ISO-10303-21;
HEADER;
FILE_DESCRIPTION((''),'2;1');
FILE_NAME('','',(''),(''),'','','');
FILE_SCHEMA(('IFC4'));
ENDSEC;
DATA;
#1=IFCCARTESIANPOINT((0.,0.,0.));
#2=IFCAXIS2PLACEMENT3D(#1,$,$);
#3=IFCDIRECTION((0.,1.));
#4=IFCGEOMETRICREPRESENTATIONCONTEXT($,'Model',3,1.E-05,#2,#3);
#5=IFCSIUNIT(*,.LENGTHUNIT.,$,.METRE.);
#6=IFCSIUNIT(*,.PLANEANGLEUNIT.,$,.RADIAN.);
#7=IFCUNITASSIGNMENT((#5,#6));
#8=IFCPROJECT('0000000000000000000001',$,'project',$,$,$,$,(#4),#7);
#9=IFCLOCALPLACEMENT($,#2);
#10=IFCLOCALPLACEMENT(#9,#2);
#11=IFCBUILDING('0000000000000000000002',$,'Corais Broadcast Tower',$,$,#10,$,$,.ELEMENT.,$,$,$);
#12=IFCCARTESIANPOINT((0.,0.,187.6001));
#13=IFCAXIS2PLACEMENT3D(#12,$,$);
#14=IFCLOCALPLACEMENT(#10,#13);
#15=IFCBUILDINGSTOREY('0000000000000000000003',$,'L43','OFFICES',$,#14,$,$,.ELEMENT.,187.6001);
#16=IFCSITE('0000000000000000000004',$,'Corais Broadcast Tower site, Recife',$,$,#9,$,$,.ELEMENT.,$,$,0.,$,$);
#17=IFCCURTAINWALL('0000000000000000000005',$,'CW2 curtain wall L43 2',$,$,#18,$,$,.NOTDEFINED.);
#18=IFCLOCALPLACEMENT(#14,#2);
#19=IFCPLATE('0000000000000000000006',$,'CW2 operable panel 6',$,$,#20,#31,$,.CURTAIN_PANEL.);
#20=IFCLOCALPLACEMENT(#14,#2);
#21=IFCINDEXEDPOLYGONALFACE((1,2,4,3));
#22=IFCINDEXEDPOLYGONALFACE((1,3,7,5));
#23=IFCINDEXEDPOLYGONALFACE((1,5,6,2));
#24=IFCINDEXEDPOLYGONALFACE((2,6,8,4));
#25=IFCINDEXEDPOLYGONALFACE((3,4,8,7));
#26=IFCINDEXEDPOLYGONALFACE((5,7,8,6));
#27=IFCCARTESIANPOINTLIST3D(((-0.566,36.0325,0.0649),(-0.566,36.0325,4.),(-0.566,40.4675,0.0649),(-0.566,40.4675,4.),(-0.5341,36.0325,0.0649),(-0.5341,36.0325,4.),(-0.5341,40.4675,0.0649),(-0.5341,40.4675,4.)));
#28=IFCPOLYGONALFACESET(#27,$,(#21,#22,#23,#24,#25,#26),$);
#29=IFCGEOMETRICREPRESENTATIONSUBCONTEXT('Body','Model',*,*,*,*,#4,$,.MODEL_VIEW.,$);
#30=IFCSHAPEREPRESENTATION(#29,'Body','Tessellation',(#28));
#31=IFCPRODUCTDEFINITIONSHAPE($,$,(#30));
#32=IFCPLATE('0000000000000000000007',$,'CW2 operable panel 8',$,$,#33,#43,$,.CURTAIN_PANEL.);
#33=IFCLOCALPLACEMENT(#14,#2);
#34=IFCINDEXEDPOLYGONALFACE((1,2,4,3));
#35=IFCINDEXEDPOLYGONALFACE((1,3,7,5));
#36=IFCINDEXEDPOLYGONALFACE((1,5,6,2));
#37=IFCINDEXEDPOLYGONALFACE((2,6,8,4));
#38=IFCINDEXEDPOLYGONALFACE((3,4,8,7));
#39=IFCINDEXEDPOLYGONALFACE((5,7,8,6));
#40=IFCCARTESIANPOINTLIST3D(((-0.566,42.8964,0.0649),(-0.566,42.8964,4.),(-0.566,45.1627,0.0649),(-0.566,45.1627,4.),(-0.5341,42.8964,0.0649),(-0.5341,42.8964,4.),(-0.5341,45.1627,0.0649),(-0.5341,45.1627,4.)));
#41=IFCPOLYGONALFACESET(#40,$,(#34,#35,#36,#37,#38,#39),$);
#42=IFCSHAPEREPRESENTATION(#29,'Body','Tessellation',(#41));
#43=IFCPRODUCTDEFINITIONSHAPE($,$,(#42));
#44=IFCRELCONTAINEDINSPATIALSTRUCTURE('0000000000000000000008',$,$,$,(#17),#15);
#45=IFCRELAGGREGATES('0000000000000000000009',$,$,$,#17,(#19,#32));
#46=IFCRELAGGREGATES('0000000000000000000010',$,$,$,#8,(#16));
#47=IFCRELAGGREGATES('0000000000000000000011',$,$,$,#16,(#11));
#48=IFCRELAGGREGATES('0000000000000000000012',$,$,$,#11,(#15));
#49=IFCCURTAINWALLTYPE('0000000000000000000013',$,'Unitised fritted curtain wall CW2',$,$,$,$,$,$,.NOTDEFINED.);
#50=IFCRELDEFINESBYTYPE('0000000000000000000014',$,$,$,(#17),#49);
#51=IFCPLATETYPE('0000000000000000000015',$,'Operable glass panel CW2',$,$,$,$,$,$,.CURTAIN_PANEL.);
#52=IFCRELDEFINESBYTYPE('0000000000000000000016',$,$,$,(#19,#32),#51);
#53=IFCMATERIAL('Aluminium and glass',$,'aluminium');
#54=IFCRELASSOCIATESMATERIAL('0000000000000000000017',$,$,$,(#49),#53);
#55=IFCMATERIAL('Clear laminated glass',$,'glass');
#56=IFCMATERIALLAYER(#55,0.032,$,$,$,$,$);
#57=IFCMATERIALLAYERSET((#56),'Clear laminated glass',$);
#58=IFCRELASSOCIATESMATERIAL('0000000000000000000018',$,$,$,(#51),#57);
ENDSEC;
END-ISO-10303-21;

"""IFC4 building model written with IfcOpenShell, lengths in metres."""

from ifc_helpers import new_model, si_unit, direction, frame, origin, origin_2d, place, context, subcontext, project, spatial, rectangle, extrude, material, layer, layer_set, type_object, element, aggregate, save


model = new_model("IFC4")

# Units and contexts
model_context = context("Model", 3, precision=1e-05, world=origin(), true_north=direction((0.0, 1.0)))
body_context = subcontext(model_context, "Body", "Model", "MODEL_VIEW")
ifc_project = project(units=[si_unit("LENGTHUNIT", "METRE"), si_unit("PLANEANGLEUNIT", "RADIAN")], contexts=[model_context])

# Site, building, storey
site_placement = place(None, origin())
site = spatial("IfcSite", under=ifc_project, at=site_placement, Name="Corais Broadcast Tower site, Recife", CompositionType="ELEMENT", RefElevation=0.0)
building_placement = place(site_placement, origin())
building = spatial("IfcBuilding", under=site, at=building_placement, Name="Corais Broadcast Tower", CompositionType="ELEMENT")
storey_placement = place(building_placement, frame((0.0, 0.0, 187.6001)))
storey = spatial("IfcBuildingStorey", under=building, at=storey_placement, Name="L43", Description="OFFICES", CompositionType="ELEMENT", Elevation=187.6001)

# Curtain wall
ifc_material_1 = material(Name="Aluminium and glass", Category="aluminium")
curtain_wall_type = type_object("IfcCurtainWallType", Name="Unitised fritted curtain wall CW2", PredefinedType="NOTDEFINED", material=ifc_material_1)
curtain_wall_placement = place(storey_placement, origin())
curtain_wall = element("IfcCurtainWall", 1, at=curtain_wall_placement, inside=storey, type_object=curtain_wall_type, Name="CW2 curtain wall L43 2", PredefinedType="NOTDEFINED")

# Plates
ifc_material_2 = material(Name="Clear laminated glass", Category="glass")
ifc_layer_1 = layer(ifc_material_2, 0.032)
ifc_layer_set_1 = layer_set([ifc_layer_1], Name="Clear laminated glass")
plate_type_1 = type_object("IfcPlateType", Name="Operable glass panel CW2", PredefinedType="CURTAIN_PANEL", material=ifc_layer_set_1)
plate_1_placement = place(storey_placement, frame((-0.55, 38.25, 0.0649), z_axis=(0.0, 0.0, 1.0), x_axis=(0.0, 1.0, 0.0)))
plate_1 = element("IfcPlate", 2, at=plate_1_placement, type_object=plate_type_1, Name="CW2 operable panel 6", PredefinedType="CURTAIN_PANEL", context=body_context, shape_type="SweptSolid", body=[
    extrude(rectangle(XDim=4.4351, YDim=0.032, at=origin_2d()), origin(), (0.0, 0.0, 1.0), 3.9351),
])
plate_2_placement = place(storey_placement, frame((-0.55, 44.0295, 0.0649), z_axis=(0.0, 0.0, 1.0), x_axis=(0.0, 1.0, 0.0)))
plate_2 = element("IfcPlate", 3, at=plate_2_placement, type_object=plate_type_1, Name="CW2 operable panel 8", PredefinedType="CURTAIN_PANEL", context=body_context, shape_type="SweptSolid", body=[
    extrude(rectangle(XDim=2.2664, YDim=0.032, at=origin_2d()), origin(), (0.0, 0.0, 1.0), 3.9351),
])
aggregate(curtain_wall, [plate_1, plate_2])

save(model, "model.ifc")
